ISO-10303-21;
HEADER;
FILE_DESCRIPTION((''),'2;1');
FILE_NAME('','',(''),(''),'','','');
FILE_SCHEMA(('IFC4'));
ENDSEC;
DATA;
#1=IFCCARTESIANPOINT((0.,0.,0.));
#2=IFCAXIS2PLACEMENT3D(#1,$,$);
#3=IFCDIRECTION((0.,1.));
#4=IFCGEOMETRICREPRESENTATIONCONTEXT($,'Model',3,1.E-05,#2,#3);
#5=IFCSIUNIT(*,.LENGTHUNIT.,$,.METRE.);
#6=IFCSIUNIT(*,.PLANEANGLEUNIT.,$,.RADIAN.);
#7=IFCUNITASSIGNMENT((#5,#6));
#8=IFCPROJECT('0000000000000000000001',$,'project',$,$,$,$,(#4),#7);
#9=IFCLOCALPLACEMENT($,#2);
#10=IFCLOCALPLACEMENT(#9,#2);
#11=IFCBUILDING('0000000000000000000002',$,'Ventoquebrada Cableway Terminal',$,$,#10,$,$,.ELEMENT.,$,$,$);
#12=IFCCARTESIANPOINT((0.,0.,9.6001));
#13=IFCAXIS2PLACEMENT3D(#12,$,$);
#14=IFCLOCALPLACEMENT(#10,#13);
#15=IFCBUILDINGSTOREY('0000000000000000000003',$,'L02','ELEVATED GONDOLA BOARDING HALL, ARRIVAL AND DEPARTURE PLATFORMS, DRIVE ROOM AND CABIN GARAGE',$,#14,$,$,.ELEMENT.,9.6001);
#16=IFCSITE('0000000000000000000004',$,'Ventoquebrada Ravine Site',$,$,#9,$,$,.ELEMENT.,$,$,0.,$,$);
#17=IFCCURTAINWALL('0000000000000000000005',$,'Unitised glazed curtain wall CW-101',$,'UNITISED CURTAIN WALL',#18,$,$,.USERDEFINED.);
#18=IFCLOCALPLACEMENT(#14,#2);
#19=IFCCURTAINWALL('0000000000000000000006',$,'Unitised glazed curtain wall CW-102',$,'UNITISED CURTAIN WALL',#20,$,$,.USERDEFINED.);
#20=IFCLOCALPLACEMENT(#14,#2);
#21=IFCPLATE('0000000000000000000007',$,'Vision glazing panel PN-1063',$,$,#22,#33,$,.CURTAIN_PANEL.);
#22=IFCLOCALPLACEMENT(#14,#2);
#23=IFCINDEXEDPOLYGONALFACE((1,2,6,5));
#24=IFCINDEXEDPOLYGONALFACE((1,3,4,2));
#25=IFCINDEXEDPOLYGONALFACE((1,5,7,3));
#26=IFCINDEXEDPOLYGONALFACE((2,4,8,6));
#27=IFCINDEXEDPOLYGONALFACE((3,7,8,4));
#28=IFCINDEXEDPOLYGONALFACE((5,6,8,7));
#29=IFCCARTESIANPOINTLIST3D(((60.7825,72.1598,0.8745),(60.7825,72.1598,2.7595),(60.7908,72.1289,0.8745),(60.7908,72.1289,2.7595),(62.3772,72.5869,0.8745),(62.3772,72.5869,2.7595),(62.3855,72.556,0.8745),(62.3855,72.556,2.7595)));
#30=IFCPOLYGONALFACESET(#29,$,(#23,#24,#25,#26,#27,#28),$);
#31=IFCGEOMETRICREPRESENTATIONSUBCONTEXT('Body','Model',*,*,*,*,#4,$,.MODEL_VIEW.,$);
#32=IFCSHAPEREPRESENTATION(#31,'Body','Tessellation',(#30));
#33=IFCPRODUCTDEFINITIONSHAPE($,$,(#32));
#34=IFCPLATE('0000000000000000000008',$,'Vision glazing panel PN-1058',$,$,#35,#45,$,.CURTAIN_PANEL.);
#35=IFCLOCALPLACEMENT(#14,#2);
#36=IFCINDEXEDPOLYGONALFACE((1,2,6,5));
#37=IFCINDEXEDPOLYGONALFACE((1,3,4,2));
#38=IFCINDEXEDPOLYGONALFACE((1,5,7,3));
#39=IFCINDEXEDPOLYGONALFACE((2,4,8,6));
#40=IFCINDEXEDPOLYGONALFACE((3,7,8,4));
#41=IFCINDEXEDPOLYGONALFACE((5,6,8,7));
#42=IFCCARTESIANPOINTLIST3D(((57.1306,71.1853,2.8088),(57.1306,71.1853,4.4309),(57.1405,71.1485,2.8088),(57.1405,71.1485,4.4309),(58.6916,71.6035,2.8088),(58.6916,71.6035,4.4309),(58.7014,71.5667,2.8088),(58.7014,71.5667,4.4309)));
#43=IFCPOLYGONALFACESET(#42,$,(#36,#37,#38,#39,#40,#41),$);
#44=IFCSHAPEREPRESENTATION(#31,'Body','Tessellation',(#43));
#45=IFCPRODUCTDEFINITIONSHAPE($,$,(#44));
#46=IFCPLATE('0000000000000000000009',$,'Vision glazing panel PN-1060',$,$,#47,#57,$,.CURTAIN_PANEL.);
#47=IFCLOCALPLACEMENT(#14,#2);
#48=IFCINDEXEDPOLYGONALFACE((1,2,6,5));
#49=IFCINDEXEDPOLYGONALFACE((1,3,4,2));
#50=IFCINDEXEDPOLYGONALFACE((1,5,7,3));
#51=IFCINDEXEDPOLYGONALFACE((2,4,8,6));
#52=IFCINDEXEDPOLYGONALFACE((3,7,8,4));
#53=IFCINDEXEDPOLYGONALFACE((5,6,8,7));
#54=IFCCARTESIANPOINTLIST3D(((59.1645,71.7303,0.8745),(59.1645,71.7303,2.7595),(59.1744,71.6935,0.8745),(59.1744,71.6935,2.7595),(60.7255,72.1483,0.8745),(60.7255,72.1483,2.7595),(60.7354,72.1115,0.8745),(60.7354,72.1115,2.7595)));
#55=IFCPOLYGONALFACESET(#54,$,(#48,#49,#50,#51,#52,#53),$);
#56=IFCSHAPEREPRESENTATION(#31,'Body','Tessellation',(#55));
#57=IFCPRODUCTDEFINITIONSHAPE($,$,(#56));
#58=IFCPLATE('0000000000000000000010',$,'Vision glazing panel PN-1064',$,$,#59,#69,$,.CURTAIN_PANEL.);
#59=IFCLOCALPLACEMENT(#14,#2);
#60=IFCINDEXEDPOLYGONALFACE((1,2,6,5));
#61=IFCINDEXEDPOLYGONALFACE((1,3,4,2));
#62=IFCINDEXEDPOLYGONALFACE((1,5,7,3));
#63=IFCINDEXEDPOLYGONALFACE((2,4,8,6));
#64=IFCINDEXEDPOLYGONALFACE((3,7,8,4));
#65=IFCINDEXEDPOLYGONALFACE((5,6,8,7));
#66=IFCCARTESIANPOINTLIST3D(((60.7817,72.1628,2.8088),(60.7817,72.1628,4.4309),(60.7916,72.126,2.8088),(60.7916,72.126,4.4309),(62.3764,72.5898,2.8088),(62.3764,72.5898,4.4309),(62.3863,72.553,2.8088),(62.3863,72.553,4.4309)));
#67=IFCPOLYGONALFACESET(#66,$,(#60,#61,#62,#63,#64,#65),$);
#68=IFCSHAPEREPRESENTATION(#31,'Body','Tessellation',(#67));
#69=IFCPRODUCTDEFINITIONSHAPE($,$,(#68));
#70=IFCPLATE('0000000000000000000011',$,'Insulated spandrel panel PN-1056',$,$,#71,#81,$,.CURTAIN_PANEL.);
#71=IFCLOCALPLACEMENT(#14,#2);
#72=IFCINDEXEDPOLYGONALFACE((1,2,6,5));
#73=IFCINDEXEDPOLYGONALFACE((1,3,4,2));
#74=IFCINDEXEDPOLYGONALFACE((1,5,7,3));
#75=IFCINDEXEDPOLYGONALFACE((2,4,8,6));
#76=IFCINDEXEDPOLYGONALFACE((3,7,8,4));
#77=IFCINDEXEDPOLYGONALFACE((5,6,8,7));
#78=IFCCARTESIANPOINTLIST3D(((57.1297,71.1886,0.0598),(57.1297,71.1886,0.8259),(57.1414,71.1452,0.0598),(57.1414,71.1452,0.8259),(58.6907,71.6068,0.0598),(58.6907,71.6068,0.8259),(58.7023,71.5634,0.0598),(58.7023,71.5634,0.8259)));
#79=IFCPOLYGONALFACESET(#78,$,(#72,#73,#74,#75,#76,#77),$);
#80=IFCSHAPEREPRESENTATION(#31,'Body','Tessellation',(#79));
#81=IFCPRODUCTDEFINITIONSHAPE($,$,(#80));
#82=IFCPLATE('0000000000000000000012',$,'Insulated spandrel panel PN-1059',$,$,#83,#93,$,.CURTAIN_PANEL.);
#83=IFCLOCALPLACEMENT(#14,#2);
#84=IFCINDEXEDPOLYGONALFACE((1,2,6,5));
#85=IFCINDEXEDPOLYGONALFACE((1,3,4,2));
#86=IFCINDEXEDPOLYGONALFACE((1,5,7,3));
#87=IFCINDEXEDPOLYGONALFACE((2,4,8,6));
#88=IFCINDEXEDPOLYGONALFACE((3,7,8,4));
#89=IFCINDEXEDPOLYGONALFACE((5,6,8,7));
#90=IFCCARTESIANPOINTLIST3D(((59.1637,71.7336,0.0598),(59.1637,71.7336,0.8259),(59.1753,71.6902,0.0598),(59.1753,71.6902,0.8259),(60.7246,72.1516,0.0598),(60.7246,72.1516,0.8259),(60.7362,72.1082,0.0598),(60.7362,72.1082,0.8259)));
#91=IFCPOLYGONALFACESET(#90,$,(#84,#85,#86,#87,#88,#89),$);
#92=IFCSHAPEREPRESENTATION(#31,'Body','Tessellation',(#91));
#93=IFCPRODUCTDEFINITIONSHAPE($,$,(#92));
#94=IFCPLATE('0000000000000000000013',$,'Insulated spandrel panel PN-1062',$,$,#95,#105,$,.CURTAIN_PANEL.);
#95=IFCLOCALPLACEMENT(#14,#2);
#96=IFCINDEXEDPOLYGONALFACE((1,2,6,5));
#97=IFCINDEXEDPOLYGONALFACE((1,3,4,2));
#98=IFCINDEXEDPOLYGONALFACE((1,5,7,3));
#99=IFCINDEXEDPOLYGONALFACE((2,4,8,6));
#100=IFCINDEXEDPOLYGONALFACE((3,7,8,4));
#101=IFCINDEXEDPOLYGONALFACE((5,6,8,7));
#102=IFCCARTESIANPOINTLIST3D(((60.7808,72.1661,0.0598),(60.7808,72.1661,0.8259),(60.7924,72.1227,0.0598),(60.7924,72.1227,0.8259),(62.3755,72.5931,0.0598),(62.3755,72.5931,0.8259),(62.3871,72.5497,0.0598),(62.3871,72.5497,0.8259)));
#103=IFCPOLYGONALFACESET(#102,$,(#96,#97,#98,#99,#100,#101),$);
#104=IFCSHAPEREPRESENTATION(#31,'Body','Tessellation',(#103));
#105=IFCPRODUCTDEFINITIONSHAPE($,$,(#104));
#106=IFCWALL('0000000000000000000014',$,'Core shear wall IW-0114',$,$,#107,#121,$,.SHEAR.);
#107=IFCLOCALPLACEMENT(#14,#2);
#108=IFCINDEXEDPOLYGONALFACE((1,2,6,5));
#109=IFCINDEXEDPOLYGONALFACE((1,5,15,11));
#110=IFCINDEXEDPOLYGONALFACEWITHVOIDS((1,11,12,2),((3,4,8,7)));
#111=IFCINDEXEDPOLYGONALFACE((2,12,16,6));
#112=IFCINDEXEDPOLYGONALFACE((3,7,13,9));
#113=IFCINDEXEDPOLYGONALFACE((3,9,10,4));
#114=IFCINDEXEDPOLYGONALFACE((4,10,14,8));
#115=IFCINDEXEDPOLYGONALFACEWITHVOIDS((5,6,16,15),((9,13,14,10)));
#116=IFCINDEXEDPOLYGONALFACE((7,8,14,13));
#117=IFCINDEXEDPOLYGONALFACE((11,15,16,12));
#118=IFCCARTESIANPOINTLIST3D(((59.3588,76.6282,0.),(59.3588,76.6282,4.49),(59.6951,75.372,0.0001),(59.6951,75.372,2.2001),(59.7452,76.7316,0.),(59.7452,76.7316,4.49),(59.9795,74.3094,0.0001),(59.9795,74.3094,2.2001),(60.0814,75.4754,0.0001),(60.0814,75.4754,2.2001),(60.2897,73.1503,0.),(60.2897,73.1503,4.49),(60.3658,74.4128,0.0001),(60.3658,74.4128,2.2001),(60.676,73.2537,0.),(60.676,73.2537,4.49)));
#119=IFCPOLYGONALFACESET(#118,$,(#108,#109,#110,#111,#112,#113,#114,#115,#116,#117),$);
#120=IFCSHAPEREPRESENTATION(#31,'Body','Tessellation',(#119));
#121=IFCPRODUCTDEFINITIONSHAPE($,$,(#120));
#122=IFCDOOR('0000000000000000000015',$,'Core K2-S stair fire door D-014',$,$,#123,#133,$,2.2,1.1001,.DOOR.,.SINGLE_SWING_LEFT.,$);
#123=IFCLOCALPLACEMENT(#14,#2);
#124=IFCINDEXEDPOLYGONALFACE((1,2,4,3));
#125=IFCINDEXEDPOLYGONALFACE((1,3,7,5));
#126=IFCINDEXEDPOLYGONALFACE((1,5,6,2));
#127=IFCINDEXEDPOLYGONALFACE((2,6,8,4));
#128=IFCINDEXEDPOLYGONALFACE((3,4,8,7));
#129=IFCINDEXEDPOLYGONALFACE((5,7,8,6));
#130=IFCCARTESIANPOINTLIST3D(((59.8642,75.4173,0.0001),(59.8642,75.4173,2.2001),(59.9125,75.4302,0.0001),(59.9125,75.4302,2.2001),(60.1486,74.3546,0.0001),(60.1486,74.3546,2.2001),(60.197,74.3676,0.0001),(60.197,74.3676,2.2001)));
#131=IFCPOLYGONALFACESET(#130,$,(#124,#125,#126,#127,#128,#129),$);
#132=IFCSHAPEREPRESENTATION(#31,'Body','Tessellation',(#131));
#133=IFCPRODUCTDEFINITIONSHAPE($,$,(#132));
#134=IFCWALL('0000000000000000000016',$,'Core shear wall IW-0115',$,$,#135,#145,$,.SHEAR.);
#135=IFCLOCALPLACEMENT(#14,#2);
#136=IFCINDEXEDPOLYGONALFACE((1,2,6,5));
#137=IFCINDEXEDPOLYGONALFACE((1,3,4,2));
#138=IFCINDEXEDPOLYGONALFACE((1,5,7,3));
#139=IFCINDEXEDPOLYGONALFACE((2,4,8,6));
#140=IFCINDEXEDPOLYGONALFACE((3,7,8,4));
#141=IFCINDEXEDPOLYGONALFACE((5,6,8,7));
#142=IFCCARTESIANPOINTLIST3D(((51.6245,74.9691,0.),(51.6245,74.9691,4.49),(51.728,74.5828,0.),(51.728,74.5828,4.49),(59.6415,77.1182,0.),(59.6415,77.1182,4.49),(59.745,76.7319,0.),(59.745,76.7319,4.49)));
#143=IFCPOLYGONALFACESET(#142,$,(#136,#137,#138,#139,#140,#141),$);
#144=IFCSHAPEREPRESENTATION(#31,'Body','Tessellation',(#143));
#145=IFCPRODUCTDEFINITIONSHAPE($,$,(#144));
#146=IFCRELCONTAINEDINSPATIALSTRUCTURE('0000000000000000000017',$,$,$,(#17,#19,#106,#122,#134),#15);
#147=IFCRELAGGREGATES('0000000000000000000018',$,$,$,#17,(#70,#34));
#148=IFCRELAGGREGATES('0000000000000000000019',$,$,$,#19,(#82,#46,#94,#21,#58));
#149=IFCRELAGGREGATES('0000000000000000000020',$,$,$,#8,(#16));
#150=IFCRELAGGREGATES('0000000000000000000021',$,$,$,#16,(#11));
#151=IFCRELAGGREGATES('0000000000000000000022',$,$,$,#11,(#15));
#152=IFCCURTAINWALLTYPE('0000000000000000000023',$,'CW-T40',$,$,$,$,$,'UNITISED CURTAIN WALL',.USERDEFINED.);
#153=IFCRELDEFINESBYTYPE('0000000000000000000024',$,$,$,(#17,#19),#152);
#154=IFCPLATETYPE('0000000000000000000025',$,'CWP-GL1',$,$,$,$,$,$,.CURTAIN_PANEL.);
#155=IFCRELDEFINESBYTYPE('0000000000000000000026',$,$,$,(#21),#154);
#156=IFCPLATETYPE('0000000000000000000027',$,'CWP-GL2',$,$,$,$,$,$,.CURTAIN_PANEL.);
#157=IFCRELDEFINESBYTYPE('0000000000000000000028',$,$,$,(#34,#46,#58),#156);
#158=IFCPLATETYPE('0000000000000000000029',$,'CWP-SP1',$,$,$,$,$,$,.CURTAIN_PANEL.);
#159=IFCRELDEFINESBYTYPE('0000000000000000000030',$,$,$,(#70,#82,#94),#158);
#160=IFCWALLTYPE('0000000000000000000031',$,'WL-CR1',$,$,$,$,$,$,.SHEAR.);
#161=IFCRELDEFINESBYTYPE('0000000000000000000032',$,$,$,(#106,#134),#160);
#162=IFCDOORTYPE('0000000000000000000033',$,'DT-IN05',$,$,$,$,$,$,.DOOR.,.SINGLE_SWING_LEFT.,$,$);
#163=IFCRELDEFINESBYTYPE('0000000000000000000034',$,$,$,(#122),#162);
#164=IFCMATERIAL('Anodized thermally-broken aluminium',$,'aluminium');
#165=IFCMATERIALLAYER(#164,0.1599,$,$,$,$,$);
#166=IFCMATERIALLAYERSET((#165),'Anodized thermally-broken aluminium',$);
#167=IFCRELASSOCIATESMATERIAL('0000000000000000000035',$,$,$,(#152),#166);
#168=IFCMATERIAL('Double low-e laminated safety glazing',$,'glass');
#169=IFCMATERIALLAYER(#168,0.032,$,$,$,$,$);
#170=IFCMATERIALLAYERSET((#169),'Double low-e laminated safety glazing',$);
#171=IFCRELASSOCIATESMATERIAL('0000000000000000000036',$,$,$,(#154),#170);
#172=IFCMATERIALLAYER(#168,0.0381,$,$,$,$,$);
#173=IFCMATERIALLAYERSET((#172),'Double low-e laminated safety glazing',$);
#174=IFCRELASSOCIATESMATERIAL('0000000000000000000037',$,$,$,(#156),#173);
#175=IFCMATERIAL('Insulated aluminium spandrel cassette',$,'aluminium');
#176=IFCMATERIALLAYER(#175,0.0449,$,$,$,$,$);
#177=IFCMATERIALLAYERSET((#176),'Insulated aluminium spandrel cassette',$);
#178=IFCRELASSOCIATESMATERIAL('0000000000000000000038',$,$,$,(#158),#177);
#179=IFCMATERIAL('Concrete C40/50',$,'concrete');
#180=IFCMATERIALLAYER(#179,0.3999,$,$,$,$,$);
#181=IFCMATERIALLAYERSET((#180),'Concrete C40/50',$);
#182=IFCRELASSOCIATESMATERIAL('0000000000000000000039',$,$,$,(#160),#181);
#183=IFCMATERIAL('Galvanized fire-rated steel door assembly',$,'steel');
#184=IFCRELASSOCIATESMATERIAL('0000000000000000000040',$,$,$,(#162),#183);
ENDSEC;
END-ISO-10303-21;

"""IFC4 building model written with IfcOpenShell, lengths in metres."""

from ifc_helpers import new_model, si_unit, direction, frame, frame_2d, origin, origin_2d, place, context, subcontext, project, spatial, rectangle, extrude, material, layer, layer_set, type_object, element, fill, aggregate, save


model = new_model("IFC4")

# Units and contexts
model_context = context("Model", 3, precision=1e-05, world=origin(), true_north=direction((0.0, 1.0)))
body_context = subcontext(model_context, "Body", "Model", "MODEL_VIEW")
ifc_project = project(units=[si_unit("LENGTHUNIT", "METRE"), si_unit("PLANEANGLEUNIT", "RADIAN")], contexts=[model_context])

# Site, building, storey
site_placement = place(None, origin())
site = spatial("IfcSite", under=ifc_project, at=site_placement, Name="Ventoquebrada Ravine Site", CompositionType="ELEMENT", RefElevation=0.0)
building_placement = place(site_placement, origin())
building = spatial("IfcBuilding", under=site, at=building_placement, Name="Ventoquebrada Cableway Terminal", CompositionType="ELEMENT")
storey_placement = place(building_placement, frame((0.0, 0.0, 9.6001)))
storey = spatial("IfcBuildingStorey", under=building, at=storey_placement, Name="L02", Description="ELEVATED GONDOLA BOARDING HALL, ARRIVAL AND DEPARTURE PLATFORMS, DRIVE ROOM AND CABIN GARAGE", CompositionType="ELEMENT", Elevation=9.6001)

# Curtain wall
ifc_material_1 = material(Name="Anodized thermally-broken aluminium", Category="aluminium")
ifc_layer_1 = layer(ifc_material_1, 0.1599)
ifc_layer_set_1 = layer_set([ifc_layer_1], Name="Anodized thermally-broken aluminium")
curtain_wall_type = type_object("IfcCurtainWallType", Name="CW-T40", ElementType="UNITISED CURTAIN WALL", PredefinedType="USERDEFINED", material=ifc_layer_set_1)
curtain_wall_1_placement = place(storey_placement, origin())
curtain_wall_1 = element("IfcCurtainWall", 1, at=curtain_wall_1_placement, inside=storey, type_object=curtain_wall_type, Name="Unitised glazed curtain wall CW-101", ObjectType="UNITISED CURTAIN WALL", PredefinedType="USERDEFINED")

# Curtain wall
curtain_wall_2_placement = place(storey_placement, origin())
curtain_wall_2 = element("IfcCurtainWall", 2, at=curtain_wall_2_placement, inside=storey, type_object=curtain_wall_type, Name="Unitised glazed curtain wall CW-102", ObjectType="UNITISED CURTAIN WALL", PredefinedType="USERDEFINED")

# Plates
ifc_material_2 = material(Name="Double low-e laminated safety glazing", Category="glass")
ifc_layer_2 = layer(ifc_material_2, 0.032)
ifc_layer_set_2 = layer_set([ifc_layer_2], Name="Double low-e laminated safety glazing")
plate_type_1 = type_object("IfcPlateType", Name="CWP-GL1", PredefinedType="CURTAIN_PANEL", material=ifc_layer_set_2)
plate_1_placement = place(storey_placement, frame((61.584, 72.3579, 0.8745), z_axis=(0.0, 0.0, 1.0), x_axis=(0.965966, 0.258667, 0.0)))
plate_1 = element("IfcPlate", 3, at=plate_1_placement, type_object=plate_type_1, Name="Vision glazing panel PN-1063", PredefinedType="CURTAIN_PANEL", context=body_context, shape_type="SweptSolid", body=[
    extrude(rectangle(XDim=1.6509, YDim=0.032, at=origin_2d()), origin(), (0.0, 0.0, 1.0), 1.885),
])
ifc_layer_3 = layer(ifc_material_2, 0.0381)
ifc_layer_set_3 = layer_set([ifc_layer_3], Name="Double low-e laminated safety glazing")
plate_type_2 = type_object("IfcPlateType", Name="CWP-GL2", PredefinedType="CURTAIN_PANEL", material=ifc_layer_set_3)
plate_2_placement = place(storey_placement, frame((57.916, 71.376, 2.8088), z_axis=(0.0, 0.0, 1.0), x_axis=(0.965939, 0.258768, 0.0)))
plate_2 = element("IfcPlate", 4, at=plate_2_placement, type_object=plate_type_2, Name="Vision glazing panel PN-1058", PredefinedType="CURTAIN_PANEL", context=body_context, shape_type="SweptSolid", body=[
    extrude(rectangle(XDim=1.616, YDim=0.0381, at=origin_2d()), origin(), (0.0, 0.0, 1.0), 1.6221),
])
plate_3_placement = place(storey_placement, frame((59.95, 71.9209, 0.8745), z_axis=(0.0, 0.0, 1.0), x_axis=(0.965966, 0.258667, 0.0)))
plate_3 = element("IfcPlate", 5, at=plate_3_placement, type_object=plate_type_2, Name="Vision glazing panel PN-1060", PredefinedType="CURTAIN_PANEL", context=body_context, shape_type="SweptSolid", body=[
    extrude(rectangle(XDim=1.616, YDim=0.0381, at=origin_2d()), origin(), (0.0, 0.0, 1.0), 1.885),
])
plate_4_placement = place(storey_placement, frame((61.584, 72.3579, 2.8088), z_axis=(0.0, 0.0, 1.0), x_axis=(0.965966, 0.258667, 0.0)))
plate_4 = element("IfcPlate", 6, at=plate_4_placement, type_object=plate_type_2, Name="Vision glazing panel PN-1064", PredefinedType="CURTAIN_PANEL", context=body_context, shape_type="SweptSolid", body=[
    extrude(rectangle(XDim=1.6509, YDim=0.0381, at=origin_2d()), origin(), (0.0, 0.0, 1.0), 1.6221),
])
ifc_material_3 = material(Name="Insulated aluminium spandrel cassette", Category="aluminium")
ifc_layer_4 = layer(ifc_material_3, 0.0449)
ifc_layer_set_4 = layer_set([ifc_layer_4], Name="Insulated aluminium spandrel cassette")
plate_type_3 = type_object("IfcPlateType", Name="CWP-SP1", PredefinedType="CURTAIN_PANEL", material=ifc_layer_set_4)
plate_5_placement = place(storey_placement, frame((57.916, 71.376, 0.0598), z_axis=(0.0, 0.0, 1.0), x_axis=(0.965939, 0.258768, 0.0)))
plate_5 = element("IfcPlate", 7, at=plate_5_placement, type_object=plate_type_3, Name="Insulated spandrel panel PN-1056", PredefinedType="CURTAIN_PANEL", context=body_context, shape_type="SweptSolid", body=[
    extrude(rectangle(XDim=1.616, YDim=0.0449, at=origin_2d()), origin(), (0.0, 0.0, 1.0), 0.7661),
])
aggregate(curtain_wall_1, [plate_5, plate_2])
plate_6_placement = place(storey_placement, frame((59.95, 71.9209, 0.0598), z_axis=(0.0, 0.0, 1.0), x_axis=(0.965966, 0.258667, 0.0)))
plate_6 = element("IfcPlate", 8, at=plate_6_placement, type_object=plate_type_3, Name="Insulated spandrel panel PN-1059", PredefinedType="CURTAIN_PANEL", context=body_context, shape_type="SweptSolid", body=[
    extrude(rectangle(XDim=1.616, YDim=0.0449, at=origin_2d()), origin(), (0.0, 0.0, 1.0), 0.7661),
])
plate_7_placement = place(storey_placement, frame((61.584, 72.3579, 0.0598), z_axis=(0.0, 0.0, 1.0), x_axis=(0.965966, 0.258667, 0.0)))
plate_7 = element("IfcPlate", 9, at=plate_7_placement, type_object=plate_type_3, Name="Insulated spandrel panel PN-1062", PredefinedType="CURTAIN_PANEL", context=body_context, shape_type="SweptSolid", body=[
    extrude(rectangle(XDim=1.6509, YDim=0.0449, at=origin_2d()), origin(), (0.0, 0.0, 1.0), 0.7661),
])
aggregate(curtain_wall_2, [plate_6, plate_3, plate_7, plate_1, plate_4])

# Wall, opening, door
ifc_material_4 = material(Name="Concrete C40/50", Category="concrete")
ifc_layer_5 = layer(ifc_material_4, 0.3999)
ifc_layer_set_5 = layer_set([ifc_layer_5], Name="Concrete C40/50")
wall_type = type_object("IfcWallType", Name="WL-CR1", PredefinedType="SHEAR", material=ifc_layer_set_5)
wall_1_placement = place(storey_placement, frame((60.4829, 73.2019, 0.0), z_axis=(0.0, 0.0, 1.0), x_axis=(-0.258553, 0.965997, 0.0)))
wall_1 = element("IfcWall", 10, at=wall_1_placement, inside=storey, type_object=wall_type, Name="Core shear wall IW-0114", PredefinedType="SHEAR", context=body_context, shape_type="SweptSolid", body=[
    extrude(rectangle(XDim=3.6003, YDim=0.3999, at=frame_2d((1.8003, 0.0))), origin(), (0.0, 0.0, 1.0), 4.49),
])
opening_placement = place(wall_1_placement, frame((1.2, 0.0, 0.0)))
opening = element("IfcOpeningElement", 11, at=opening_placement, cuts=wall_1, PredefinedType="OPENING", context=body_context, shape_type="SweptSolid", body=[
    extrude(rectangle(XDim=1.1001, YDim=2.2, at=frame_2d((0.55, 1.1001))), frame((0.0, 0.21, 0.0), z_axis=(0.0, -1.0, 0.0), x_axis=(1.0, 0.0, 0.0)), (0.0, 0.0, 1.0), 0.4199),
])
ifc_material_5 = material(Name="Galvanized fire-rated steel door assembly", Category="steel")
door_type = type_object("IfcDoorType", Name="DT-IN05", OperationType="SINGLE_SWING_LEFT", PredefinedType="DOOR", material=ifc_material_5)
door_placement = place(opening_placement, origin())
door = element("IfcDoor", 12, at=door_placement, inside=storey, type_object=door_type, Name="Core K2-S stair fire door D-014", OperationType="SINGLE_SWING_LEFT", OverallHeight=2.2, OverallWidth=1.1001, PredefinedType="DOOR", context=body_context, shape_type="SweptSolid", body=[
    extrude(rectangle(XDim=1.1001, YDim=2.2, at=frame_2d((0.55, 1.1001))), frame((0.0, 0.0249, 0.0), z_axis=(0.0, -1.0, 0.0), x_axis=(1.0, 0.0, 0.0)), (0.0, 0.0, 1.0), 0.05),
])
fill(opening, door)

# Wall
wall_2_placement = place(storey_placement, frame((59.6931, 76.925, 0.0), z_axis=(0.0, 0.0, 1.0), x_axis=(-0.965896, -0.258931, 0.0)))
element("IfcWall", 13, at=wall_2_placement, inside=storey, type_object=wall_type, Name="Core shear wall IW-0115", PredefinedType="SHEAR", context=body_context, shape_type="SweptSolid", body=[
    extrude(rectangle(XDim=8.3, YDim=0.3999, at=frame_2d((4.1499, 0.0))), origin(), (0.0, 0.0, 1.0), 4.49),
])

save(model, "model.ifc")
